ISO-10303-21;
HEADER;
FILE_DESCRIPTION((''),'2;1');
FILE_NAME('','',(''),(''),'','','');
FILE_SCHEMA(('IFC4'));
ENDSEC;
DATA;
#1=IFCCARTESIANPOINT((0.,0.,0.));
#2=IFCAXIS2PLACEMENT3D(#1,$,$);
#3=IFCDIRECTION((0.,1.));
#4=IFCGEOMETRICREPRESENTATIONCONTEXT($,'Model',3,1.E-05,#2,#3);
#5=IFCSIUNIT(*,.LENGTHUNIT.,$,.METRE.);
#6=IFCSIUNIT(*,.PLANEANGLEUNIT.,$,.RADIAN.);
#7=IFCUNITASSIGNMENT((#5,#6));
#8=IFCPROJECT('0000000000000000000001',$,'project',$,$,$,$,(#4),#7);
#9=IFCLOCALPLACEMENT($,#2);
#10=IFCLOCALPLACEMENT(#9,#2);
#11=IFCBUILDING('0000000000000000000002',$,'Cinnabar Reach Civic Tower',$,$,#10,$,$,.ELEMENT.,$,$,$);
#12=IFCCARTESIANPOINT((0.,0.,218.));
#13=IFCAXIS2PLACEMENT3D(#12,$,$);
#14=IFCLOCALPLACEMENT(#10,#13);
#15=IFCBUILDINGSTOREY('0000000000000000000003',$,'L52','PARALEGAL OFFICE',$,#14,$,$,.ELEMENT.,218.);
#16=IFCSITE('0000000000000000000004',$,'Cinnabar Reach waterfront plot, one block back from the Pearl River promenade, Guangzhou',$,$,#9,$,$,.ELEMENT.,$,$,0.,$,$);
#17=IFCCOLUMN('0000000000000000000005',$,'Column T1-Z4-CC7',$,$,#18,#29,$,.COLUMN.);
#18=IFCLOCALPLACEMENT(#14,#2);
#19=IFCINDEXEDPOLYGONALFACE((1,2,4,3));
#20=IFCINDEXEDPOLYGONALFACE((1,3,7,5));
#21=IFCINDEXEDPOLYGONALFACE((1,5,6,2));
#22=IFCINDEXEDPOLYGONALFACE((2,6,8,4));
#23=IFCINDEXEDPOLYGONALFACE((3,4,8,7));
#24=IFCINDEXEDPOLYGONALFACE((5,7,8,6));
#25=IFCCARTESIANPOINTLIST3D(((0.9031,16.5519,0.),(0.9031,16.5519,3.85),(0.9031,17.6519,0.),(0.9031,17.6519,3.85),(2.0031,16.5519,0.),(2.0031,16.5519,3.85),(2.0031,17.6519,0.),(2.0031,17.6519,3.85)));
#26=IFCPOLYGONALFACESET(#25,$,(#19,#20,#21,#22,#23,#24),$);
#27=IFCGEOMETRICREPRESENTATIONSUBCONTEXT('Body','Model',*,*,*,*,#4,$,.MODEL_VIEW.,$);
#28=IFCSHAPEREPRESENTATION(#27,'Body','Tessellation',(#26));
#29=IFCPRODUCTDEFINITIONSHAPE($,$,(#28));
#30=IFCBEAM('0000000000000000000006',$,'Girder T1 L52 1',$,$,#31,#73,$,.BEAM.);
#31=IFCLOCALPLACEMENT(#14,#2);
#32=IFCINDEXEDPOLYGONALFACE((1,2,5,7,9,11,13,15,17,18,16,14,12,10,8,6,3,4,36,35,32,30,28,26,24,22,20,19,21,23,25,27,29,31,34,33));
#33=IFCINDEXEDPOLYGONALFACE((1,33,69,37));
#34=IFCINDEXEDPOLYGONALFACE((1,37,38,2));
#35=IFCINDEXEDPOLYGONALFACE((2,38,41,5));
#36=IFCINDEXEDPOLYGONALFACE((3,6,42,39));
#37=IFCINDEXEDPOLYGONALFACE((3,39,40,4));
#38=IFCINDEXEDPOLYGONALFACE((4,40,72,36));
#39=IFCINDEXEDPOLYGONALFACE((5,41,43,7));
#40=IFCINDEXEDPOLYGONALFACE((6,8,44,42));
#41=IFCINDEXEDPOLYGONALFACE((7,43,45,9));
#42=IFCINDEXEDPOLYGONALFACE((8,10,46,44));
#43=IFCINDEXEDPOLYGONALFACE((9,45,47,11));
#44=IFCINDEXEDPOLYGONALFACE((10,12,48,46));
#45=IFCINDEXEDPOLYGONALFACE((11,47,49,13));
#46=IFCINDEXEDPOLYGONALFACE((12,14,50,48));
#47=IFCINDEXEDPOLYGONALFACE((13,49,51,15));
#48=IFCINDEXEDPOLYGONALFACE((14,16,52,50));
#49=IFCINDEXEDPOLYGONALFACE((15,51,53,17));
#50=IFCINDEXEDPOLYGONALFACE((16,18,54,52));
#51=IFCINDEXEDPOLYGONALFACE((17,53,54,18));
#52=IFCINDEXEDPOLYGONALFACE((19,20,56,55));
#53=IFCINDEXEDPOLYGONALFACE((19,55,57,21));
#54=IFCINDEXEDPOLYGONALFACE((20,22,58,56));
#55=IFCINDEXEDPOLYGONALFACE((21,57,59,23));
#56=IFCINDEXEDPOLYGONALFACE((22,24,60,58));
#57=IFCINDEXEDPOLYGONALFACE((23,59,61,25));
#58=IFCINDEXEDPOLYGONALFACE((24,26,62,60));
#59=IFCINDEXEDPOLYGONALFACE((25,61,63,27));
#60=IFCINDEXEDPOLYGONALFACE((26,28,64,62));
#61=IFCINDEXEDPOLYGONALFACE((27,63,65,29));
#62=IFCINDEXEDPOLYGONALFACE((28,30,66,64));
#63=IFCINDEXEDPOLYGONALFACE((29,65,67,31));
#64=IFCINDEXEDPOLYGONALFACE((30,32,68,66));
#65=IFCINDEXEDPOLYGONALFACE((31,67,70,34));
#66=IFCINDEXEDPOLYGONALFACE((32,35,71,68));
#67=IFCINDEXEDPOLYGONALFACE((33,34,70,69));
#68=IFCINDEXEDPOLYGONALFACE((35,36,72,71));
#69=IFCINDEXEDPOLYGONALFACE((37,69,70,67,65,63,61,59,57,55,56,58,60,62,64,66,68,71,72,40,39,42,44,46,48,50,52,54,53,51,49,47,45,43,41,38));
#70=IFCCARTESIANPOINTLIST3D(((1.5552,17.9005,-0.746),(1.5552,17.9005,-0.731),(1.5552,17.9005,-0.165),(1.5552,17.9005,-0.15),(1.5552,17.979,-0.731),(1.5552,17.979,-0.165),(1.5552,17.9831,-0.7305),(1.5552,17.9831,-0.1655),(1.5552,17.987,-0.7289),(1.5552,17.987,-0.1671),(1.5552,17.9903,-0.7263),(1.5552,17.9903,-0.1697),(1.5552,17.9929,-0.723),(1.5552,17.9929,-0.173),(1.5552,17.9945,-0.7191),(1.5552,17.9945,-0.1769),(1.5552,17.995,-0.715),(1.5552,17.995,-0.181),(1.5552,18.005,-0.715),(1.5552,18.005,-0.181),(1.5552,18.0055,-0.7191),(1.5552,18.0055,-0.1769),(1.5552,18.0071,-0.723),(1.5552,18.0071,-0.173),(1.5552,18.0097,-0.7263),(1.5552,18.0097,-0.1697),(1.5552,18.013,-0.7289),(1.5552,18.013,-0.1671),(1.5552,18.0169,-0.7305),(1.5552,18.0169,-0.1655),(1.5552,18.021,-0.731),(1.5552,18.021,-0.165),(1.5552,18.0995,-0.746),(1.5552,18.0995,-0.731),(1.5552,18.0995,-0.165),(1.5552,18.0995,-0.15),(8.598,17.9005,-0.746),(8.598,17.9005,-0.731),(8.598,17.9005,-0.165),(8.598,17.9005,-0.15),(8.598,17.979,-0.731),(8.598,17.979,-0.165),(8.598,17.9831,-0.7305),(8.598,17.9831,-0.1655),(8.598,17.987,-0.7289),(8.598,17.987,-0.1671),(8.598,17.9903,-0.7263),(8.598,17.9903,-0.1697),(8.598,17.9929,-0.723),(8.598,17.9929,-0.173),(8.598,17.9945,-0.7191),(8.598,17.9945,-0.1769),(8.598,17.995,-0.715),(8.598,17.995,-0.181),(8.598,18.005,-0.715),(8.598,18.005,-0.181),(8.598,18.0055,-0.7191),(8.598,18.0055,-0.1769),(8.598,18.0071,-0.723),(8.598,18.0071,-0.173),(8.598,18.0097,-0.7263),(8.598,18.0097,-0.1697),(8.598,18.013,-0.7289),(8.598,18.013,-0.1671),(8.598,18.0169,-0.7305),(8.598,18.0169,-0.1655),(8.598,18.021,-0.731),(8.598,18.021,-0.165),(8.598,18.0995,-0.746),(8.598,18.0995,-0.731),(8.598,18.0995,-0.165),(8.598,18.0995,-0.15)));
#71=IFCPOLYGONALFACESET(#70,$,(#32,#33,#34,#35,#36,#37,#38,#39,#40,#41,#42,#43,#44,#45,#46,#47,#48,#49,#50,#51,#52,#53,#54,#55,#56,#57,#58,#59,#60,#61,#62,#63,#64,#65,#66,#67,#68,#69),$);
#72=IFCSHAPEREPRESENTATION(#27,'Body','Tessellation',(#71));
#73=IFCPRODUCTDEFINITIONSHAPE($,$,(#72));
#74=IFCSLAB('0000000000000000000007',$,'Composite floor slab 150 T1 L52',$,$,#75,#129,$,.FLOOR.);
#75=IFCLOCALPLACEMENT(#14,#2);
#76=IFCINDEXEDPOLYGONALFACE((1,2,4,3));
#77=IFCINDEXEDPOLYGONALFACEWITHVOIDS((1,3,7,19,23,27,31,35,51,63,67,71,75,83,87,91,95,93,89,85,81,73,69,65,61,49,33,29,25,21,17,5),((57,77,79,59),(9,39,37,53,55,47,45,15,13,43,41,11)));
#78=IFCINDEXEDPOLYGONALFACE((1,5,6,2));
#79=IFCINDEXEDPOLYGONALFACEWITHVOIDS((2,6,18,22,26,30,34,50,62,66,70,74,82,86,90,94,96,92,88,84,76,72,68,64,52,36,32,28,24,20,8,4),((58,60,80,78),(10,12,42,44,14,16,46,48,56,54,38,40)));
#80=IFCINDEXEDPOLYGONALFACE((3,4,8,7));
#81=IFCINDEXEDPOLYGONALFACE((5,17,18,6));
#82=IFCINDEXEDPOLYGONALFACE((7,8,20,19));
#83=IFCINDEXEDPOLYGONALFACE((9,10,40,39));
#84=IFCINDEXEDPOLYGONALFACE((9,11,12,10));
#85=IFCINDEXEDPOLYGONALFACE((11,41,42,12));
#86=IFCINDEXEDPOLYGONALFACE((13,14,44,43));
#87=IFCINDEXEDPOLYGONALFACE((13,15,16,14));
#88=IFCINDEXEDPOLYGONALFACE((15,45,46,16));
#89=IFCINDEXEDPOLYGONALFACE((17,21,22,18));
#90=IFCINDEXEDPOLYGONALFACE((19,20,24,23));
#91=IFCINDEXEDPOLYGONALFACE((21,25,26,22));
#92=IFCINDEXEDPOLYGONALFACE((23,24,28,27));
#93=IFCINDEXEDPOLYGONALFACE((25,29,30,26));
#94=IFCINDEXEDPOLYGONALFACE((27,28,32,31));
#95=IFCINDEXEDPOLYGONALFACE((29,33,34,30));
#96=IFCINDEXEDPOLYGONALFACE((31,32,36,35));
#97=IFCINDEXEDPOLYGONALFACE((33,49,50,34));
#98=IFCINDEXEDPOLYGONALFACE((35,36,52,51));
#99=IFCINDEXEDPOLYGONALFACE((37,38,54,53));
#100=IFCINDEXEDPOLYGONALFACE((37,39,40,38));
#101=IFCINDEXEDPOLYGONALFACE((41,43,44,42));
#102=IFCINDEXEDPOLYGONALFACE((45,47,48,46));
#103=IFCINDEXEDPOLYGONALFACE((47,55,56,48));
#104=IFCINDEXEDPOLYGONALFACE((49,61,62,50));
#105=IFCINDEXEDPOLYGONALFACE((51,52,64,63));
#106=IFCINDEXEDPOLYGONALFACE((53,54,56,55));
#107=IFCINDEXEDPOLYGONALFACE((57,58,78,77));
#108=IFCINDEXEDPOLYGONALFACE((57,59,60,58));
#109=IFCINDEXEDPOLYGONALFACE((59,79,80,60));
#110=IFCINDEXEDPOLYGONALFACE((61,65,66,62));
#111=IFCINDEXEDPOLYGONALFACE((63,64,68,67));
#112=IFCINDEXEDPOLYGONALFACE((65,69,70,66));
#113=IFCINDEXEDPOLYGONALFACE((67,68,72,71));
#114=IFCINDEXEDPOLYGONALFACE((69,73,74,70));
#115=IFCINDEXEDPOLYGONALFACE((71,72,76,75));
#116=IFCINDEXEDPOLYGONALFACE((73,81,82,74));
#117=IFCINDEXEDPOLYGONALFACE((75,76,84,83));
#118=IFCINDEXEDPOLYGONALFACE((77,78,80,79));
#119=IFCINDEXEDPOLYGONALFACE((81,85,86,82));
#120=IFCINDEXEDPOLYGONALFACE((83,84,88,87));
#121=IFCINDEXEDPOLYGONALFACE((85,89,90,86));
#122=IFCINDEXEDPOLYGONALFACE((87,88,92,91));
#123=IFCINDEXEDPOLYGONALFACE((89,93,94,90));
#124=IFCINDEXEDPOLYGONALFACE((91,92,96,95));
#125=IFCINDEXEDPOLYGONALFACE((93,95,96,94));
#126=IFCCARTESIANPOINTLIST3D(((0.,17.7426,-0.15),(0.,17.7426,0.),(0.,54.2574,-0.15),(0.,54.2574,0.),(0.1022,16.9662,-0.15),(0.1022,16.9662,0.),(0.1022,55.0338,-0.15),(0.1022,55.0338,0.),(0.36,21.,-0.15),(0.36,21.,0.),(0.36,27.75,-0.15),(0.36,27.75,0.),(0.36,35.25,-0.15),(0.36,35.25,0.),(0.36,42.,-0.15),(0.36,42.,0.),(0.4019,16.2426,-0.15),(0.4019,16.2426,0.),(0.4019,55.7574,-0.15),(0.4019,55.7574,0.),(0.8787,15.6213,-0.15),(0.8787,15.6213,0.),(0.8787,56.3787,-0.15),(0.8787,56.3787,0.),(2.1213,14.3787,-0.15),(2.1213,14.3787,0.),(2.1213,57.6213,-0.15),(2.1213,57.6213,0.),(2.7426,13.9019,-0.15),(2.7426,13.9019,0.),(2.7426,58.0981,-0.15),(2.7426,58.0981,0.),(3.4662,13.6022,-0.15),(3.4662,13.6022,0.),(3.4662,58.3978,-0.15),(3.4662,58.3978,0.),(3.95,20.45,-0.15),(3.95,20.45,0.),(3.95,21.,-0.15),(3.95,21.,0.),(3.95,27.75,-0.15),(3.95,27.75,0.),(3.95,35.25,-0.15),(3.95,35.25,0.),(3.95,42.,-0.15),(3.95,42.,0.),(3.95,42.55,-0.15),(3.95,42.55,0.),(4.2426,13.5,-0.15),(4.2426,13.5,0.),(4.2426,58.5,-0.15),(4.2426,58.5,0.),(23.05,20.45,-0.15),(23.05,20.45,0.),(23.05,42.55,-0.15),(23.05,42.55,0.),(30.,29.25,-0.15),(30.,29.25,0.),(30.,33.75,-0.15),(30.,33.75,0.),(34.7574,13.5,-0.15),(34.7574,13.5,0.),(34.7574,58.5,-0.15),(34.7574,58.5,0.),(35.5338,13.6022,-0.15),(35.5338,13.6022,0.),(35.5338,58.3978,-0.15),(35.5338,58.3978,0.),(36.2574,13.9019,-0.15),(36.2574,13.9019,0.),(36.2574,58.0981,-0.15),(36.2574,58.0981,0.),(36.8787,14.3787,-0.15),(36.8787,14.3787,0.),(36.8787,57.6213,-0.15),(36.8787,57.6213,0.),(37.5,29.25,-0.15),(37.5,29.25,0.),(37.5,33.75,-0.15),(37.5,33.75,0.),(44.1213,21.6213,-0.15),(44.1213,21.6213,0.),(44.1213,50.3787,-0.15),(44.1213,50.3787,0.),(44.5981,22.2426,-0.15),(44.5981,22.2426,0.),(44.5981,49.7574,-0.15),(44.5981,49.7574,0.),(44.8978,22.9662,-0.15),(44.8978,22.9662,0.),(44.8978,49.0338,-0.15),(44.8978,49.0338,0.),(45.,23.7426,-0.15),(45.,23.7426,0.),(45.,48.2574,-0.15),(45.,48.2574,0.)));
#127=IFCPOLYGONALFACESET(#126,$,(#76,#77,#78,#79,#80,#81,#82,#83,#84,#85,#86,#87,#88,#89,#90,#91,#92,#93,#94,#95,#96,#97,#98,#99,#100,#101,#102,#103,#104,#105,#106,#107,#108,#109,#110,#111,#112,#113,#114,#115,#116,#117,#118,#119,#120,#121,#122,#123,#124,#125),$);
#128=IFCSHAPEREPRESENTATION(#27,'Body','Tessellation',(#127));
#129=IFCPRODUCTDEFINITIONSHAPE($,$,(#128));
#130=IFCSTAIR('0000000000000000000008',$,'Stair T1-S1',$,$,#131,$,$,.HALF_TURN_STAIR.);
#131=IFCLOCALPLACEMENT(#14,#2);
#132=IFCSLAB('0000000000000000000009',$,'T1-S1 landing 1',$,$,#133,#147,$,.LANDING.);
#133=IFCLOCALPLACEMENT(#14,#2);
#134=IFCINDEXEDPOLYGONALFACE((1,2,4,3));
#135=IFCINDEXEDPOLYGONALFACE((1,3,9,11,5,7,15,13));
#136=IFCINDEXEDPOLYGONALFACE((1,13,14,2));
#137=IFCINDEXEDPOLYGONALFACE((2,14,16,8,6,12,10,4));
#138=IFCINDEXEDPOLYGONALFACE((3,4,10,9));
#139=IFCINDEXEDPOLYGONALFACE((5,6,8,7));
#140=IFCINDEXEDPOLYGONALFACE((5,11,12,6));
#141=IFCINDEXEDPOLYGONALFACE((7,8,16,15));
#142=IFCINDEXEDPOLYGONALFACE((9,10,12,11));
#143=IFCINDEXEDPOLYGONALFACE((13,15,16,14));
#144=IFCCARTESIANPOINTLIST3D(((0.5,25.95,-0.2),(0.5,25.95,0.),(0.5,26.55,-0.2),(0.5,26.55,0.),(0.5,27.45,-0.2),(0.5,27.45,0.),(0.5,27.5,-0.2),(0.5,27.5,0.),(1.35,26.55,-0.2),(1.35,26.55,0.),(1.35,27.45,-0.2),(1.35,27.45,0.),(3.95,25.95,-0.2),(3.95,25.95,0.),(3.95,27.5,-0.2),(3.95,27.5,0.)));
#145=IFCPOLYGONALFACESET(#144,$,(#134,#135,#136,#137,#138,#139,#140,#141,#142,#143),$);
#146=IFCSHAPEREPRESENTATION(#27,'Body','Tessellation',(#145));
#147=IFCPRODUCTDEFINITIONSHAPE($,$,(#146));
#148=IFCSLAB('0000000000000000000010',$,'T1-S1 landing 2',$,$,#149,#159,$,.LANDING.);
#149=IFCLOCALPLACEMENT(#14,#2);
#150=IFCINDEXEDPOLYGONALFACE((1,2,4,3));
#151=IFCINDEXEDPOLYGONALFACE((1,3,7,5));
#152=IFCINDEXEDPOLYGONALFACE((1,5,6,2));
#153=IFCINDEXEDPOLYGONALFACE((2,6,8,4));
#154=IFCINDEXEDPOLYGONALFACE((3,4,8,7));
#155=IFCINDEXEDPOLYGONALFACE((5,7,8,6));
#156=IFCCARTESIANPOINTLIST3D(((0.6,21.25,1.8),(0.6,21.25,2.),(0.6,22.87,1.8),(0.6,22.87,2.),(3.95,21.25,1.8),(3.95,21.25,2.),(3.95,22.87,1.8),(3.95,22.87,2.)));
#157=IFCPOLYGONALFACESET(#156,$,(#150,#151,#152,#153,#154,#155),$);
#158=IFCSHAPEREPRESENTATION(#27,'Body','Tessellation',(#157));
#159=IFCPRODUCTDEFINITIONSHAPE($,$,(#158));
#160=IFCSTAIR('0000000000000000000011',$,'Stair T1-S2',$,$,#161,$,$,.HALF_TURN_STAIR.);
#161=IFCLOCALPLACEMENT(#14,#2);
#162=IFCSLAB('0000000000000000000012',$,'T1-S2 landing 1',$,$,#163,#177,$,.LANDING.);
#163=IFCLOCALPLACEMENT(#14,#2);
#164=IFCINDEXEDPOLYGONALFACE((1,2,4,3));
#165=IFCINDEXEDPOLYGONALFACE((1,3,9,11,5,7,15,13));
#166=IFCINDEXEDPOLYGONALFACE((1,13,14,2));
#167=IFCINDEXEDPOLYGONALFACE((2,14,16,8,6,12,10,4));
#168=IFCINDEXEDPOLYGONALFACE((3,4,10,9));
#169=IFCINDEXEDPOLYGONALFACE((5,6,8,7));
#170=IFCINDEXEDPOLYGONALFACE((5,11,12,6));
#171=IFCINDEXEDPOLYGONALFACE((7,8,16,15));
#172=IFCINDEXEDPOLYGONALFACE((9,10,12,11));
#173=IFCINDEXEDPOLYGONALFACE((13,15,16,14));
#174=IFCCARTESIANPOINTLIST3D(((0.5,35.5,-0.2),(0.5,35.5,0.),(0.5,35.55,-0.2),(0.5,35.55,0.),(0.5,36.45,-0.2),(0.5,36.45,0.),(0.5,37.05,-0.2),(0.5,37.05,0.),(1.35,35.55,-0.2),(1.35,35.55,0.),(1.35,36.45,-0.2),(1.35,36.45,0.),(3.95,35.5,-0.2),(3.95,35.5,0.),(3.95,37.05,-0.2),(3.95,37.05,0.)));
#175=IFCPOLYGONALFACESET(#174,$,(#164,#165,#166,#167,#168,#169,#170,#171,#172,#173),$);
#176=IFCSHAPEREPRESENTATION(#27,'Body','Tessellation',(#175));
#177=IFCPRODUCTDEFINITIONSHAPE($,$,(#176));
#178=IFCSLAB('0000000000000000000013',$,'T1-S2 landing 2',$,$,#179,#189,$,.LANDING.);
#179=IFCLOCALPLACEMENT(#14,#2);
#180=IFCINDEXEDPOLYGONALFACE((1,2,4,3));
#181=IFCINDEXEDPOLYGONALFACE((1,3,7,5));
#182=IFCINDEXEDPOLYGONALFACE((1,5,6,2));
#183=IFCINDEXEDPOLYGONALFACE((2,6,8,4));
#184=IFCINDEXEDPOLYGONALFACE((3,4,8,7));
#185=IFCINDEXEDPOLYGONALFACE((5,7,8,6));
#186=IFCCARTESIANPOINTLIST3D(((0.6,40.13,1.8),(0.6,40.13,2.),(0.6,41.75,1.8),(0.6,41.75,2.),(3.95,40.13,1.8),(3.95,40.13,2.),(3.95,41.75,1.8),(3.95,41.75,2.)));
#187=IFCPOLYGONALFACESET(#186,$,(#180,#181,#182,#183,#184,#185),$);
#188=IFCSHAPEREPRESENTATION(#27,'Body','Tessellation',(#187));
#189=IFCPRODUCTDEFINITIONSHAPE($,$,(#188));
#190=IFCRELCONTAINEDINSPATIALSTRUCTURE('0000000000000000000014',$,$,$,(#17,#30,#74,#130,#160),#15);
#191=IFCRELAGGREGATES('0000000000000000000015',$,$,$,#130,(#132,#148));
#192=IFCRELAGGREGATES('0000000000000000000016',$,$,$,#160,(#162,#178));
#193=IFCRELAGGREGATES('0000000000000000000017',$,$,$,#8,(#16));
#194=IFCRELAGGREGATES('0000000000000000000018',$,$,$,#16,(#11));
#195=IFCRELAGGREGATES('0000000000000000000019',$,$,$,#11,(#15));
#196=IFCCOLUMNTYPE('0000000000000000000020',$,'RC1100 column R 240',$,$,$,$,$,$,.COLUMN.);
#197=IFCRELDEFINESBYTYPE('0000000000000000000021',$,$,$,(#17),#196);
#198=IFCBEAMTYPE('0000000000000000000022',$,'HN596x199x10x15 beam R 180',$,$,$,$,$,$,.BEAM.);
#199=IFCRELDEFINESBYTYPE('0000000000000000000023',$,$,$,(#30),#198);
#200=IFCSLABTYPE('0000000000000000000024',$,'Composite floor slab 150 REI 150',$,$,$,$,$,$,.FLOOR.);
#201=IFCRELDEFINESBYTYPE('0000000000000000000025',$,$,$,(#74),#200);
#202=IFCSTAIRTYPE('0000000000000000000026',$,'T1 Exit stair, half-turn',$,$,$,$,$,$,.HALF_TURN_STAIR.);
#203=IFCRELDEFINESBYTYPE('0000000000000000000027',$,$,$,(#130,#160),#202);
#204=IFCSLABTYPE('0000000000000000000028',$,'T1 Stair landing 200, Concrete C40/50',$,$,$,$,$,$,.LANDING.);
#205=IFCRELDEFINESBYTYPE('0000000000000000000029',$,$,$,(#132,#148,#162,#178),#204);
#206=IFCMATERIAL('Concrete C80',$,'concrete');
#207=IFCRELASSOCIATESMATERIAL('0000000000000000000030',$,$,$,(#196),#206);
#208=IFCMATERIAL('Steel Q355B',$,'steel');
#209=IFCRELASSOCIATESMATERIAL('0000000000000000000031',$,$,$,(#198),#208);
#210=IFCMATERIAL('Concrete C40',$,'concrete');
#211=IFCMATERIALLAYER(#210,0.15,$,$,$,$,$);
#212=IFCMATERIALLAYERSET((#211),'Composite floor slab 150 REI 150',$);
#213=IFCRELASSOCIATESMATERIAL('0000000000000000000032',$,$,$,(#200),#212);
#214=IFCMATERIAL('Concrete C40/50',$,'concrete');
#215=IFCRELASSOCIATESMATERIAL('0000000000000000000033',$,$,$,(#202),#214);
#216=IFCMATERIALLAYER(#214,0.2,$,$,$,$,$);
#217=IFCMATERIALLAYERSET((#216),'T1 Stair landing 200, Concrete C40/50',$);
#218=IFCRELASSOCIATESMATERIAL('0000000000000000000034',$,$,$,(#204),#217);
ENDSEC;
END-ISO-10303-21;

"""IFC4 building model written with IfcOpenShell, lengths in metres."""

from ifc_helpers import new_model, si_unit, direction, frame, origin, origin_2d, place, context, subcontext, project, spatial, polyline, rectangle, i_section, outline, extrude, material, layer, layer_set, material_profile, profile_set, type_object, element, aggregate, save


model = new_model("IFC4")

# Units and contexts
model_context = context("Model", 3, precision=1e-05, world=origin(), true_north=direction((0.0, 1.0)))
body_context = subcontext(model_context, "Body", "Model", "MODEL_VIEW")
ifc_project = project(units=[si_unit("LENGTHUNIT", "METRE"), si_unit("PLANEANGLEUNIT", "RADIAN")], contexts=[model_context])

# Site, building, storey
site_placement = place(None, origin())
site = spatial("IfcSite", under=ifc_project, at=site_placement, Name="Cinnabar Reach waterfront plot, one block back from the Pearl River promenade, Guangzhou", CompositionType="ELEMENT", RefElevation=0.0)
building_placement = place(site_placement, origin())
building = spatial("IfcBuilding", under=site, at=building_placement, Name="Cinnabar Reach Civic Tower", CompositionType="ELEMENT")
storey_placement = place(building_placement, frame((0.0, 0.0, 218.0)))
storey = spatial("IfcBuildingStorey", under=building, at=storey_placement, Name="L52", Description="PARALEGAL OFFICE", CompositionType="ELEMENT", Elevation=218.0)

# Column
ifc_material_1 = material(Name="Concrete C80", Category="concrete")
ifc_material_profile_1 = material_profile(ifc_material_1, rectangle(XDim=1.1, YDim=1.1, at=origin_2d()), Name="RC1100")
ifc_profile_set_1 = profile_set([ifc_material_profile_1], Name="Concrete C80")
column_type = type_object("IfcColumnType", Name="RC1100 column R 240", PredefinedType="COLUMN", material=ifc_profile_set_1)
column_placement = place(storey_placement, frame((1.4531, 17.1019, 0.0), z_axis=(0.0, 0.0, 1.0), x_axis=(1.0, 0.0, 0.0)))
element("IfcColumn", 1, at=column_placement, inside=storey, type_object=column_type, Name="Column T1-Z4-CC7", PredefinedType="COLUMN", context=body_context, shape_type="SweptSolid", body=[
    extrude(rectangle(XDim=1.1, YDim=1.1, at=origin_2d()), origin(), (0.0, 0.0, 1.0), 3.85),
])

# Beam
ifc_material_2 = material(Name="Steel Q355B", Category="steel")
ifc_material_profile_2 = material_profile(ifc_material_2, i_section(OverallWidth=0.199, OverallDepth=0.596, WebThickness=0.01, FlangeThickness=0.015, FilletRadius=0.016, at=origin_2d()), Name="HN596x199x10x15")
ifc_profile_set_2 = profile_set([ifc_material_profile_2], Name="Steel Q355B")
beam_type = type_object("IfcBeamType", Name="HN596x199x10x15 beam R 180", PredefinedType="BEAM", material=ifc_profile_set_2)
beam_placement = place(storey_placement, frame((1.5552, 18.0, -0.448), z_axis=(1.0, 0.0, 0.0), x_axis=(0.0, 1.0, 0.0)))
element("IfcBeam", 2, at=beam_placement, inside=storey, type_object=beam_type, Name="Girder T1 L52 1", PredefinedType="BEAM", context=body_context, shape_type="SweptSolid", body=[
    extrude(i_section(OverallWidth=0.199, OverallDepth=0.596, WebThickness=0.01, FlangeThickness=0.015, FilletRadius=0.016, at=origin_2d()), origin(), (0.0, 0.0, 1.0), 7.0428),
])

# Slab
ifc_material_3 = material(Name="Concrete C40", Category="concrete")
ifc_layer_1 = layer(ifc_material_3, 0.15)
ifc_layer_set_1 = layer_set([ifc_layer_1], Name="Composite floor slab 150 REI 150")
slab_type_1 = type_object("IfcSlabType", Name="Composite floor slab 150 REI 150", PredefinedType="FLOOR", material=ifc_layer_set_1)
slab_1_placement = place(storey_placement, frame((0.0, 0.0, -0.15)))
element("IfcSlab", 3, at=slab_1_placement, inside=storey, type_object=slab_type_1, Name="Composite floor slab 150 T1 L52", PredefinedType="FLOOR", context=body_context, shape_type="SweptSolid", body=[
    extrude(outline(polyline([(0.8787, 15.6213), (0.4019, 16.2426), (0.1022, 16.9662), (0.0, 17.7426), (0.0, 54.2574), (0.1022, 55.0338), (0.4019, 55.7574), (0.8787, 56.3787), (2.1213, 57.6213), (2.7426, 58.0981), (3.4662, 58.3978), (4.2426, 58.5), (34.7574, 58.5), (35.5338, 58.3978), (36.2574, 58.0981), (36.8787, 57.6213), (44.1213, 50.3787), (44.5981, 49.7574), (44.8978, 49.0338), (45.0, 48.2574), (45.0, 23.7426), (44.8978, 22.9662), (44.5981, 22.2426), (44.1213, 21.6213), (36.8787, 14.3787), (36.2574, 13.9019), (35.5338, 13.6022), (34.7574, 13.5), (4.2426, 13.5), (3.4662, 13.6022), (2.7426, 13.9019), (2.1213, 14.3787), (0.8787, 15.6213)]), holes=[polyline([(0.36, 21.0), (3.95, 21.0), (3.95, 20.45), (23.05, 20.45), (23.05, 42.55), (3.95, 42.55), (3.95, 42.0), (0.36, 42.0), (0.36, 35.25), (3.95, 35.25), (3.95, 27.75), (0.36, 27.75), (0.36, 21.0)]), polyline([(30.0, 33.75), (30.0, 29.25), (37.5, 29.25), (37.5, 33.75), (30.0, 33.75)])]), origin(), (0.0, 0.0, 1.0), 0.15),
])

# Stairs, slabs
ifc_material_4 = material(Name="Concrete C40/50", Category="concrete")
stair_type = type_object("IfcStairType", Name="T1 Exit stair, half-turn", PredefinedType="HALF_TURN_STAIR", material=ifc_material_4)
stair_1_placement = place(storey_placement, origin())
stair_1 = element("IfcStair", 4, at=stair_1_placement, inside=storey, type_object=stair_type, Name="Stair T1-S1", PredefinedType="HALF_TURN_STAIR")
ifc_layer_2 = layer(ifc_material_4, 0.2)
ifc_layer_set_2 = layer_set([ifc_layer_2], Name="T1 Stair landing 200, Concrete C40/50")
slab_type_2 = type_object("IfcSlabType", Name="T1 Stair landing 200, Concrete C40/50", PredefinedType="LANDING", material=ifc_layer_set_2)
slab_2_placement = place(storey_placement, frame((0.0, 0.0, -0.2)))
slab_2 = element("IfcSlab", 5, at=slab_2_placement, type_object=slab_type_2, Name="T1-S1 landing 1", PredefinedType="LANDING", context=body_context, shape_type="SweptSolid", body=[
    extrude(outline(polyline([(0.5, 27.5), (3.95, 27.5), (3.95, 25.95), (0.5, 25.95), (0.5, 26.55), (1.35, 26.55), (1.35, 27.45), (0.5, 27.45), (0.5, 27.5)])), origin(), (0.0, 0.0, 1.0), 0.2),
])
slab_3_placement = place(storey_placement, frame((0.0, 0.0, 1.8)))
slab_3 = element("IfcSlab", 6, at=slab_3_placement, type_object=slab_type_2, Name="T1-S1 landing 2", PredefinedType="LANDING", context=body_context, shape_type="SweptSolid", body=[
    extrude(outline(polyline([(0.6, 21.25), (0.6, 22.87), (3.95, 22.87), (3.95, 21.25), (0.6, 21.25)])), origin(), (0.0, 0.0, 1.0), 0.2),
])
aggregate(stair_1, [slab_2, slab_3])
stair_2_placement = place(storey_placement, origin())
stair_2 = element("IfcStair", 7, at=stair_2_placement, inside=storey, type_object=stair_type, Name="Stair T1-S2", PredefinedType="HALF_TURN_STAIR")
slab_4_placement = place(storey_placement, frame((0.0, 0.0, -0.2)))
slab_4 = element("IfcSlab", 8, at=slab_4_placement, type_object=slab_type_2, Name="T1-S2 landing 1", PredefinedType="LANDING", context=body_context, shape_type="SweptSolid", body=[
    extrude(outline(polyline([(0.5, 37.05), (3.95, 37.05), (3.95, 35.5), (0.5, 35.5), (0.5, 35.55), (1.35, 35.55), (1.35, 36.45), (0.5, 36.45), (0.5, 37.05)])), origin(), (0.0, 0.0, 1.0), 0.2),
])
slab_5_placement = place(storey_placement, frame((0.0, 0.0, 1.8)))
slab_5 = element("IfcSlab", 9, at=slab_5_placement, type_object=slab_type_2, Name="T1-S2 landing 2", PredefinedType="LANDING", context=body_context, shape_type="SweptSolid", body=[
    extrude(outline(polyline([(0.6, 40.13), (0.6, 41.75), (3.95, 41.75), (3.95, 40.13), (0.6, 40.13)])), origin(), (0.0, 0.0, 1.0), 0.2),
])
aggregate(stair_2, [slab_4, slab_5])

save(model, "model.ifc")
